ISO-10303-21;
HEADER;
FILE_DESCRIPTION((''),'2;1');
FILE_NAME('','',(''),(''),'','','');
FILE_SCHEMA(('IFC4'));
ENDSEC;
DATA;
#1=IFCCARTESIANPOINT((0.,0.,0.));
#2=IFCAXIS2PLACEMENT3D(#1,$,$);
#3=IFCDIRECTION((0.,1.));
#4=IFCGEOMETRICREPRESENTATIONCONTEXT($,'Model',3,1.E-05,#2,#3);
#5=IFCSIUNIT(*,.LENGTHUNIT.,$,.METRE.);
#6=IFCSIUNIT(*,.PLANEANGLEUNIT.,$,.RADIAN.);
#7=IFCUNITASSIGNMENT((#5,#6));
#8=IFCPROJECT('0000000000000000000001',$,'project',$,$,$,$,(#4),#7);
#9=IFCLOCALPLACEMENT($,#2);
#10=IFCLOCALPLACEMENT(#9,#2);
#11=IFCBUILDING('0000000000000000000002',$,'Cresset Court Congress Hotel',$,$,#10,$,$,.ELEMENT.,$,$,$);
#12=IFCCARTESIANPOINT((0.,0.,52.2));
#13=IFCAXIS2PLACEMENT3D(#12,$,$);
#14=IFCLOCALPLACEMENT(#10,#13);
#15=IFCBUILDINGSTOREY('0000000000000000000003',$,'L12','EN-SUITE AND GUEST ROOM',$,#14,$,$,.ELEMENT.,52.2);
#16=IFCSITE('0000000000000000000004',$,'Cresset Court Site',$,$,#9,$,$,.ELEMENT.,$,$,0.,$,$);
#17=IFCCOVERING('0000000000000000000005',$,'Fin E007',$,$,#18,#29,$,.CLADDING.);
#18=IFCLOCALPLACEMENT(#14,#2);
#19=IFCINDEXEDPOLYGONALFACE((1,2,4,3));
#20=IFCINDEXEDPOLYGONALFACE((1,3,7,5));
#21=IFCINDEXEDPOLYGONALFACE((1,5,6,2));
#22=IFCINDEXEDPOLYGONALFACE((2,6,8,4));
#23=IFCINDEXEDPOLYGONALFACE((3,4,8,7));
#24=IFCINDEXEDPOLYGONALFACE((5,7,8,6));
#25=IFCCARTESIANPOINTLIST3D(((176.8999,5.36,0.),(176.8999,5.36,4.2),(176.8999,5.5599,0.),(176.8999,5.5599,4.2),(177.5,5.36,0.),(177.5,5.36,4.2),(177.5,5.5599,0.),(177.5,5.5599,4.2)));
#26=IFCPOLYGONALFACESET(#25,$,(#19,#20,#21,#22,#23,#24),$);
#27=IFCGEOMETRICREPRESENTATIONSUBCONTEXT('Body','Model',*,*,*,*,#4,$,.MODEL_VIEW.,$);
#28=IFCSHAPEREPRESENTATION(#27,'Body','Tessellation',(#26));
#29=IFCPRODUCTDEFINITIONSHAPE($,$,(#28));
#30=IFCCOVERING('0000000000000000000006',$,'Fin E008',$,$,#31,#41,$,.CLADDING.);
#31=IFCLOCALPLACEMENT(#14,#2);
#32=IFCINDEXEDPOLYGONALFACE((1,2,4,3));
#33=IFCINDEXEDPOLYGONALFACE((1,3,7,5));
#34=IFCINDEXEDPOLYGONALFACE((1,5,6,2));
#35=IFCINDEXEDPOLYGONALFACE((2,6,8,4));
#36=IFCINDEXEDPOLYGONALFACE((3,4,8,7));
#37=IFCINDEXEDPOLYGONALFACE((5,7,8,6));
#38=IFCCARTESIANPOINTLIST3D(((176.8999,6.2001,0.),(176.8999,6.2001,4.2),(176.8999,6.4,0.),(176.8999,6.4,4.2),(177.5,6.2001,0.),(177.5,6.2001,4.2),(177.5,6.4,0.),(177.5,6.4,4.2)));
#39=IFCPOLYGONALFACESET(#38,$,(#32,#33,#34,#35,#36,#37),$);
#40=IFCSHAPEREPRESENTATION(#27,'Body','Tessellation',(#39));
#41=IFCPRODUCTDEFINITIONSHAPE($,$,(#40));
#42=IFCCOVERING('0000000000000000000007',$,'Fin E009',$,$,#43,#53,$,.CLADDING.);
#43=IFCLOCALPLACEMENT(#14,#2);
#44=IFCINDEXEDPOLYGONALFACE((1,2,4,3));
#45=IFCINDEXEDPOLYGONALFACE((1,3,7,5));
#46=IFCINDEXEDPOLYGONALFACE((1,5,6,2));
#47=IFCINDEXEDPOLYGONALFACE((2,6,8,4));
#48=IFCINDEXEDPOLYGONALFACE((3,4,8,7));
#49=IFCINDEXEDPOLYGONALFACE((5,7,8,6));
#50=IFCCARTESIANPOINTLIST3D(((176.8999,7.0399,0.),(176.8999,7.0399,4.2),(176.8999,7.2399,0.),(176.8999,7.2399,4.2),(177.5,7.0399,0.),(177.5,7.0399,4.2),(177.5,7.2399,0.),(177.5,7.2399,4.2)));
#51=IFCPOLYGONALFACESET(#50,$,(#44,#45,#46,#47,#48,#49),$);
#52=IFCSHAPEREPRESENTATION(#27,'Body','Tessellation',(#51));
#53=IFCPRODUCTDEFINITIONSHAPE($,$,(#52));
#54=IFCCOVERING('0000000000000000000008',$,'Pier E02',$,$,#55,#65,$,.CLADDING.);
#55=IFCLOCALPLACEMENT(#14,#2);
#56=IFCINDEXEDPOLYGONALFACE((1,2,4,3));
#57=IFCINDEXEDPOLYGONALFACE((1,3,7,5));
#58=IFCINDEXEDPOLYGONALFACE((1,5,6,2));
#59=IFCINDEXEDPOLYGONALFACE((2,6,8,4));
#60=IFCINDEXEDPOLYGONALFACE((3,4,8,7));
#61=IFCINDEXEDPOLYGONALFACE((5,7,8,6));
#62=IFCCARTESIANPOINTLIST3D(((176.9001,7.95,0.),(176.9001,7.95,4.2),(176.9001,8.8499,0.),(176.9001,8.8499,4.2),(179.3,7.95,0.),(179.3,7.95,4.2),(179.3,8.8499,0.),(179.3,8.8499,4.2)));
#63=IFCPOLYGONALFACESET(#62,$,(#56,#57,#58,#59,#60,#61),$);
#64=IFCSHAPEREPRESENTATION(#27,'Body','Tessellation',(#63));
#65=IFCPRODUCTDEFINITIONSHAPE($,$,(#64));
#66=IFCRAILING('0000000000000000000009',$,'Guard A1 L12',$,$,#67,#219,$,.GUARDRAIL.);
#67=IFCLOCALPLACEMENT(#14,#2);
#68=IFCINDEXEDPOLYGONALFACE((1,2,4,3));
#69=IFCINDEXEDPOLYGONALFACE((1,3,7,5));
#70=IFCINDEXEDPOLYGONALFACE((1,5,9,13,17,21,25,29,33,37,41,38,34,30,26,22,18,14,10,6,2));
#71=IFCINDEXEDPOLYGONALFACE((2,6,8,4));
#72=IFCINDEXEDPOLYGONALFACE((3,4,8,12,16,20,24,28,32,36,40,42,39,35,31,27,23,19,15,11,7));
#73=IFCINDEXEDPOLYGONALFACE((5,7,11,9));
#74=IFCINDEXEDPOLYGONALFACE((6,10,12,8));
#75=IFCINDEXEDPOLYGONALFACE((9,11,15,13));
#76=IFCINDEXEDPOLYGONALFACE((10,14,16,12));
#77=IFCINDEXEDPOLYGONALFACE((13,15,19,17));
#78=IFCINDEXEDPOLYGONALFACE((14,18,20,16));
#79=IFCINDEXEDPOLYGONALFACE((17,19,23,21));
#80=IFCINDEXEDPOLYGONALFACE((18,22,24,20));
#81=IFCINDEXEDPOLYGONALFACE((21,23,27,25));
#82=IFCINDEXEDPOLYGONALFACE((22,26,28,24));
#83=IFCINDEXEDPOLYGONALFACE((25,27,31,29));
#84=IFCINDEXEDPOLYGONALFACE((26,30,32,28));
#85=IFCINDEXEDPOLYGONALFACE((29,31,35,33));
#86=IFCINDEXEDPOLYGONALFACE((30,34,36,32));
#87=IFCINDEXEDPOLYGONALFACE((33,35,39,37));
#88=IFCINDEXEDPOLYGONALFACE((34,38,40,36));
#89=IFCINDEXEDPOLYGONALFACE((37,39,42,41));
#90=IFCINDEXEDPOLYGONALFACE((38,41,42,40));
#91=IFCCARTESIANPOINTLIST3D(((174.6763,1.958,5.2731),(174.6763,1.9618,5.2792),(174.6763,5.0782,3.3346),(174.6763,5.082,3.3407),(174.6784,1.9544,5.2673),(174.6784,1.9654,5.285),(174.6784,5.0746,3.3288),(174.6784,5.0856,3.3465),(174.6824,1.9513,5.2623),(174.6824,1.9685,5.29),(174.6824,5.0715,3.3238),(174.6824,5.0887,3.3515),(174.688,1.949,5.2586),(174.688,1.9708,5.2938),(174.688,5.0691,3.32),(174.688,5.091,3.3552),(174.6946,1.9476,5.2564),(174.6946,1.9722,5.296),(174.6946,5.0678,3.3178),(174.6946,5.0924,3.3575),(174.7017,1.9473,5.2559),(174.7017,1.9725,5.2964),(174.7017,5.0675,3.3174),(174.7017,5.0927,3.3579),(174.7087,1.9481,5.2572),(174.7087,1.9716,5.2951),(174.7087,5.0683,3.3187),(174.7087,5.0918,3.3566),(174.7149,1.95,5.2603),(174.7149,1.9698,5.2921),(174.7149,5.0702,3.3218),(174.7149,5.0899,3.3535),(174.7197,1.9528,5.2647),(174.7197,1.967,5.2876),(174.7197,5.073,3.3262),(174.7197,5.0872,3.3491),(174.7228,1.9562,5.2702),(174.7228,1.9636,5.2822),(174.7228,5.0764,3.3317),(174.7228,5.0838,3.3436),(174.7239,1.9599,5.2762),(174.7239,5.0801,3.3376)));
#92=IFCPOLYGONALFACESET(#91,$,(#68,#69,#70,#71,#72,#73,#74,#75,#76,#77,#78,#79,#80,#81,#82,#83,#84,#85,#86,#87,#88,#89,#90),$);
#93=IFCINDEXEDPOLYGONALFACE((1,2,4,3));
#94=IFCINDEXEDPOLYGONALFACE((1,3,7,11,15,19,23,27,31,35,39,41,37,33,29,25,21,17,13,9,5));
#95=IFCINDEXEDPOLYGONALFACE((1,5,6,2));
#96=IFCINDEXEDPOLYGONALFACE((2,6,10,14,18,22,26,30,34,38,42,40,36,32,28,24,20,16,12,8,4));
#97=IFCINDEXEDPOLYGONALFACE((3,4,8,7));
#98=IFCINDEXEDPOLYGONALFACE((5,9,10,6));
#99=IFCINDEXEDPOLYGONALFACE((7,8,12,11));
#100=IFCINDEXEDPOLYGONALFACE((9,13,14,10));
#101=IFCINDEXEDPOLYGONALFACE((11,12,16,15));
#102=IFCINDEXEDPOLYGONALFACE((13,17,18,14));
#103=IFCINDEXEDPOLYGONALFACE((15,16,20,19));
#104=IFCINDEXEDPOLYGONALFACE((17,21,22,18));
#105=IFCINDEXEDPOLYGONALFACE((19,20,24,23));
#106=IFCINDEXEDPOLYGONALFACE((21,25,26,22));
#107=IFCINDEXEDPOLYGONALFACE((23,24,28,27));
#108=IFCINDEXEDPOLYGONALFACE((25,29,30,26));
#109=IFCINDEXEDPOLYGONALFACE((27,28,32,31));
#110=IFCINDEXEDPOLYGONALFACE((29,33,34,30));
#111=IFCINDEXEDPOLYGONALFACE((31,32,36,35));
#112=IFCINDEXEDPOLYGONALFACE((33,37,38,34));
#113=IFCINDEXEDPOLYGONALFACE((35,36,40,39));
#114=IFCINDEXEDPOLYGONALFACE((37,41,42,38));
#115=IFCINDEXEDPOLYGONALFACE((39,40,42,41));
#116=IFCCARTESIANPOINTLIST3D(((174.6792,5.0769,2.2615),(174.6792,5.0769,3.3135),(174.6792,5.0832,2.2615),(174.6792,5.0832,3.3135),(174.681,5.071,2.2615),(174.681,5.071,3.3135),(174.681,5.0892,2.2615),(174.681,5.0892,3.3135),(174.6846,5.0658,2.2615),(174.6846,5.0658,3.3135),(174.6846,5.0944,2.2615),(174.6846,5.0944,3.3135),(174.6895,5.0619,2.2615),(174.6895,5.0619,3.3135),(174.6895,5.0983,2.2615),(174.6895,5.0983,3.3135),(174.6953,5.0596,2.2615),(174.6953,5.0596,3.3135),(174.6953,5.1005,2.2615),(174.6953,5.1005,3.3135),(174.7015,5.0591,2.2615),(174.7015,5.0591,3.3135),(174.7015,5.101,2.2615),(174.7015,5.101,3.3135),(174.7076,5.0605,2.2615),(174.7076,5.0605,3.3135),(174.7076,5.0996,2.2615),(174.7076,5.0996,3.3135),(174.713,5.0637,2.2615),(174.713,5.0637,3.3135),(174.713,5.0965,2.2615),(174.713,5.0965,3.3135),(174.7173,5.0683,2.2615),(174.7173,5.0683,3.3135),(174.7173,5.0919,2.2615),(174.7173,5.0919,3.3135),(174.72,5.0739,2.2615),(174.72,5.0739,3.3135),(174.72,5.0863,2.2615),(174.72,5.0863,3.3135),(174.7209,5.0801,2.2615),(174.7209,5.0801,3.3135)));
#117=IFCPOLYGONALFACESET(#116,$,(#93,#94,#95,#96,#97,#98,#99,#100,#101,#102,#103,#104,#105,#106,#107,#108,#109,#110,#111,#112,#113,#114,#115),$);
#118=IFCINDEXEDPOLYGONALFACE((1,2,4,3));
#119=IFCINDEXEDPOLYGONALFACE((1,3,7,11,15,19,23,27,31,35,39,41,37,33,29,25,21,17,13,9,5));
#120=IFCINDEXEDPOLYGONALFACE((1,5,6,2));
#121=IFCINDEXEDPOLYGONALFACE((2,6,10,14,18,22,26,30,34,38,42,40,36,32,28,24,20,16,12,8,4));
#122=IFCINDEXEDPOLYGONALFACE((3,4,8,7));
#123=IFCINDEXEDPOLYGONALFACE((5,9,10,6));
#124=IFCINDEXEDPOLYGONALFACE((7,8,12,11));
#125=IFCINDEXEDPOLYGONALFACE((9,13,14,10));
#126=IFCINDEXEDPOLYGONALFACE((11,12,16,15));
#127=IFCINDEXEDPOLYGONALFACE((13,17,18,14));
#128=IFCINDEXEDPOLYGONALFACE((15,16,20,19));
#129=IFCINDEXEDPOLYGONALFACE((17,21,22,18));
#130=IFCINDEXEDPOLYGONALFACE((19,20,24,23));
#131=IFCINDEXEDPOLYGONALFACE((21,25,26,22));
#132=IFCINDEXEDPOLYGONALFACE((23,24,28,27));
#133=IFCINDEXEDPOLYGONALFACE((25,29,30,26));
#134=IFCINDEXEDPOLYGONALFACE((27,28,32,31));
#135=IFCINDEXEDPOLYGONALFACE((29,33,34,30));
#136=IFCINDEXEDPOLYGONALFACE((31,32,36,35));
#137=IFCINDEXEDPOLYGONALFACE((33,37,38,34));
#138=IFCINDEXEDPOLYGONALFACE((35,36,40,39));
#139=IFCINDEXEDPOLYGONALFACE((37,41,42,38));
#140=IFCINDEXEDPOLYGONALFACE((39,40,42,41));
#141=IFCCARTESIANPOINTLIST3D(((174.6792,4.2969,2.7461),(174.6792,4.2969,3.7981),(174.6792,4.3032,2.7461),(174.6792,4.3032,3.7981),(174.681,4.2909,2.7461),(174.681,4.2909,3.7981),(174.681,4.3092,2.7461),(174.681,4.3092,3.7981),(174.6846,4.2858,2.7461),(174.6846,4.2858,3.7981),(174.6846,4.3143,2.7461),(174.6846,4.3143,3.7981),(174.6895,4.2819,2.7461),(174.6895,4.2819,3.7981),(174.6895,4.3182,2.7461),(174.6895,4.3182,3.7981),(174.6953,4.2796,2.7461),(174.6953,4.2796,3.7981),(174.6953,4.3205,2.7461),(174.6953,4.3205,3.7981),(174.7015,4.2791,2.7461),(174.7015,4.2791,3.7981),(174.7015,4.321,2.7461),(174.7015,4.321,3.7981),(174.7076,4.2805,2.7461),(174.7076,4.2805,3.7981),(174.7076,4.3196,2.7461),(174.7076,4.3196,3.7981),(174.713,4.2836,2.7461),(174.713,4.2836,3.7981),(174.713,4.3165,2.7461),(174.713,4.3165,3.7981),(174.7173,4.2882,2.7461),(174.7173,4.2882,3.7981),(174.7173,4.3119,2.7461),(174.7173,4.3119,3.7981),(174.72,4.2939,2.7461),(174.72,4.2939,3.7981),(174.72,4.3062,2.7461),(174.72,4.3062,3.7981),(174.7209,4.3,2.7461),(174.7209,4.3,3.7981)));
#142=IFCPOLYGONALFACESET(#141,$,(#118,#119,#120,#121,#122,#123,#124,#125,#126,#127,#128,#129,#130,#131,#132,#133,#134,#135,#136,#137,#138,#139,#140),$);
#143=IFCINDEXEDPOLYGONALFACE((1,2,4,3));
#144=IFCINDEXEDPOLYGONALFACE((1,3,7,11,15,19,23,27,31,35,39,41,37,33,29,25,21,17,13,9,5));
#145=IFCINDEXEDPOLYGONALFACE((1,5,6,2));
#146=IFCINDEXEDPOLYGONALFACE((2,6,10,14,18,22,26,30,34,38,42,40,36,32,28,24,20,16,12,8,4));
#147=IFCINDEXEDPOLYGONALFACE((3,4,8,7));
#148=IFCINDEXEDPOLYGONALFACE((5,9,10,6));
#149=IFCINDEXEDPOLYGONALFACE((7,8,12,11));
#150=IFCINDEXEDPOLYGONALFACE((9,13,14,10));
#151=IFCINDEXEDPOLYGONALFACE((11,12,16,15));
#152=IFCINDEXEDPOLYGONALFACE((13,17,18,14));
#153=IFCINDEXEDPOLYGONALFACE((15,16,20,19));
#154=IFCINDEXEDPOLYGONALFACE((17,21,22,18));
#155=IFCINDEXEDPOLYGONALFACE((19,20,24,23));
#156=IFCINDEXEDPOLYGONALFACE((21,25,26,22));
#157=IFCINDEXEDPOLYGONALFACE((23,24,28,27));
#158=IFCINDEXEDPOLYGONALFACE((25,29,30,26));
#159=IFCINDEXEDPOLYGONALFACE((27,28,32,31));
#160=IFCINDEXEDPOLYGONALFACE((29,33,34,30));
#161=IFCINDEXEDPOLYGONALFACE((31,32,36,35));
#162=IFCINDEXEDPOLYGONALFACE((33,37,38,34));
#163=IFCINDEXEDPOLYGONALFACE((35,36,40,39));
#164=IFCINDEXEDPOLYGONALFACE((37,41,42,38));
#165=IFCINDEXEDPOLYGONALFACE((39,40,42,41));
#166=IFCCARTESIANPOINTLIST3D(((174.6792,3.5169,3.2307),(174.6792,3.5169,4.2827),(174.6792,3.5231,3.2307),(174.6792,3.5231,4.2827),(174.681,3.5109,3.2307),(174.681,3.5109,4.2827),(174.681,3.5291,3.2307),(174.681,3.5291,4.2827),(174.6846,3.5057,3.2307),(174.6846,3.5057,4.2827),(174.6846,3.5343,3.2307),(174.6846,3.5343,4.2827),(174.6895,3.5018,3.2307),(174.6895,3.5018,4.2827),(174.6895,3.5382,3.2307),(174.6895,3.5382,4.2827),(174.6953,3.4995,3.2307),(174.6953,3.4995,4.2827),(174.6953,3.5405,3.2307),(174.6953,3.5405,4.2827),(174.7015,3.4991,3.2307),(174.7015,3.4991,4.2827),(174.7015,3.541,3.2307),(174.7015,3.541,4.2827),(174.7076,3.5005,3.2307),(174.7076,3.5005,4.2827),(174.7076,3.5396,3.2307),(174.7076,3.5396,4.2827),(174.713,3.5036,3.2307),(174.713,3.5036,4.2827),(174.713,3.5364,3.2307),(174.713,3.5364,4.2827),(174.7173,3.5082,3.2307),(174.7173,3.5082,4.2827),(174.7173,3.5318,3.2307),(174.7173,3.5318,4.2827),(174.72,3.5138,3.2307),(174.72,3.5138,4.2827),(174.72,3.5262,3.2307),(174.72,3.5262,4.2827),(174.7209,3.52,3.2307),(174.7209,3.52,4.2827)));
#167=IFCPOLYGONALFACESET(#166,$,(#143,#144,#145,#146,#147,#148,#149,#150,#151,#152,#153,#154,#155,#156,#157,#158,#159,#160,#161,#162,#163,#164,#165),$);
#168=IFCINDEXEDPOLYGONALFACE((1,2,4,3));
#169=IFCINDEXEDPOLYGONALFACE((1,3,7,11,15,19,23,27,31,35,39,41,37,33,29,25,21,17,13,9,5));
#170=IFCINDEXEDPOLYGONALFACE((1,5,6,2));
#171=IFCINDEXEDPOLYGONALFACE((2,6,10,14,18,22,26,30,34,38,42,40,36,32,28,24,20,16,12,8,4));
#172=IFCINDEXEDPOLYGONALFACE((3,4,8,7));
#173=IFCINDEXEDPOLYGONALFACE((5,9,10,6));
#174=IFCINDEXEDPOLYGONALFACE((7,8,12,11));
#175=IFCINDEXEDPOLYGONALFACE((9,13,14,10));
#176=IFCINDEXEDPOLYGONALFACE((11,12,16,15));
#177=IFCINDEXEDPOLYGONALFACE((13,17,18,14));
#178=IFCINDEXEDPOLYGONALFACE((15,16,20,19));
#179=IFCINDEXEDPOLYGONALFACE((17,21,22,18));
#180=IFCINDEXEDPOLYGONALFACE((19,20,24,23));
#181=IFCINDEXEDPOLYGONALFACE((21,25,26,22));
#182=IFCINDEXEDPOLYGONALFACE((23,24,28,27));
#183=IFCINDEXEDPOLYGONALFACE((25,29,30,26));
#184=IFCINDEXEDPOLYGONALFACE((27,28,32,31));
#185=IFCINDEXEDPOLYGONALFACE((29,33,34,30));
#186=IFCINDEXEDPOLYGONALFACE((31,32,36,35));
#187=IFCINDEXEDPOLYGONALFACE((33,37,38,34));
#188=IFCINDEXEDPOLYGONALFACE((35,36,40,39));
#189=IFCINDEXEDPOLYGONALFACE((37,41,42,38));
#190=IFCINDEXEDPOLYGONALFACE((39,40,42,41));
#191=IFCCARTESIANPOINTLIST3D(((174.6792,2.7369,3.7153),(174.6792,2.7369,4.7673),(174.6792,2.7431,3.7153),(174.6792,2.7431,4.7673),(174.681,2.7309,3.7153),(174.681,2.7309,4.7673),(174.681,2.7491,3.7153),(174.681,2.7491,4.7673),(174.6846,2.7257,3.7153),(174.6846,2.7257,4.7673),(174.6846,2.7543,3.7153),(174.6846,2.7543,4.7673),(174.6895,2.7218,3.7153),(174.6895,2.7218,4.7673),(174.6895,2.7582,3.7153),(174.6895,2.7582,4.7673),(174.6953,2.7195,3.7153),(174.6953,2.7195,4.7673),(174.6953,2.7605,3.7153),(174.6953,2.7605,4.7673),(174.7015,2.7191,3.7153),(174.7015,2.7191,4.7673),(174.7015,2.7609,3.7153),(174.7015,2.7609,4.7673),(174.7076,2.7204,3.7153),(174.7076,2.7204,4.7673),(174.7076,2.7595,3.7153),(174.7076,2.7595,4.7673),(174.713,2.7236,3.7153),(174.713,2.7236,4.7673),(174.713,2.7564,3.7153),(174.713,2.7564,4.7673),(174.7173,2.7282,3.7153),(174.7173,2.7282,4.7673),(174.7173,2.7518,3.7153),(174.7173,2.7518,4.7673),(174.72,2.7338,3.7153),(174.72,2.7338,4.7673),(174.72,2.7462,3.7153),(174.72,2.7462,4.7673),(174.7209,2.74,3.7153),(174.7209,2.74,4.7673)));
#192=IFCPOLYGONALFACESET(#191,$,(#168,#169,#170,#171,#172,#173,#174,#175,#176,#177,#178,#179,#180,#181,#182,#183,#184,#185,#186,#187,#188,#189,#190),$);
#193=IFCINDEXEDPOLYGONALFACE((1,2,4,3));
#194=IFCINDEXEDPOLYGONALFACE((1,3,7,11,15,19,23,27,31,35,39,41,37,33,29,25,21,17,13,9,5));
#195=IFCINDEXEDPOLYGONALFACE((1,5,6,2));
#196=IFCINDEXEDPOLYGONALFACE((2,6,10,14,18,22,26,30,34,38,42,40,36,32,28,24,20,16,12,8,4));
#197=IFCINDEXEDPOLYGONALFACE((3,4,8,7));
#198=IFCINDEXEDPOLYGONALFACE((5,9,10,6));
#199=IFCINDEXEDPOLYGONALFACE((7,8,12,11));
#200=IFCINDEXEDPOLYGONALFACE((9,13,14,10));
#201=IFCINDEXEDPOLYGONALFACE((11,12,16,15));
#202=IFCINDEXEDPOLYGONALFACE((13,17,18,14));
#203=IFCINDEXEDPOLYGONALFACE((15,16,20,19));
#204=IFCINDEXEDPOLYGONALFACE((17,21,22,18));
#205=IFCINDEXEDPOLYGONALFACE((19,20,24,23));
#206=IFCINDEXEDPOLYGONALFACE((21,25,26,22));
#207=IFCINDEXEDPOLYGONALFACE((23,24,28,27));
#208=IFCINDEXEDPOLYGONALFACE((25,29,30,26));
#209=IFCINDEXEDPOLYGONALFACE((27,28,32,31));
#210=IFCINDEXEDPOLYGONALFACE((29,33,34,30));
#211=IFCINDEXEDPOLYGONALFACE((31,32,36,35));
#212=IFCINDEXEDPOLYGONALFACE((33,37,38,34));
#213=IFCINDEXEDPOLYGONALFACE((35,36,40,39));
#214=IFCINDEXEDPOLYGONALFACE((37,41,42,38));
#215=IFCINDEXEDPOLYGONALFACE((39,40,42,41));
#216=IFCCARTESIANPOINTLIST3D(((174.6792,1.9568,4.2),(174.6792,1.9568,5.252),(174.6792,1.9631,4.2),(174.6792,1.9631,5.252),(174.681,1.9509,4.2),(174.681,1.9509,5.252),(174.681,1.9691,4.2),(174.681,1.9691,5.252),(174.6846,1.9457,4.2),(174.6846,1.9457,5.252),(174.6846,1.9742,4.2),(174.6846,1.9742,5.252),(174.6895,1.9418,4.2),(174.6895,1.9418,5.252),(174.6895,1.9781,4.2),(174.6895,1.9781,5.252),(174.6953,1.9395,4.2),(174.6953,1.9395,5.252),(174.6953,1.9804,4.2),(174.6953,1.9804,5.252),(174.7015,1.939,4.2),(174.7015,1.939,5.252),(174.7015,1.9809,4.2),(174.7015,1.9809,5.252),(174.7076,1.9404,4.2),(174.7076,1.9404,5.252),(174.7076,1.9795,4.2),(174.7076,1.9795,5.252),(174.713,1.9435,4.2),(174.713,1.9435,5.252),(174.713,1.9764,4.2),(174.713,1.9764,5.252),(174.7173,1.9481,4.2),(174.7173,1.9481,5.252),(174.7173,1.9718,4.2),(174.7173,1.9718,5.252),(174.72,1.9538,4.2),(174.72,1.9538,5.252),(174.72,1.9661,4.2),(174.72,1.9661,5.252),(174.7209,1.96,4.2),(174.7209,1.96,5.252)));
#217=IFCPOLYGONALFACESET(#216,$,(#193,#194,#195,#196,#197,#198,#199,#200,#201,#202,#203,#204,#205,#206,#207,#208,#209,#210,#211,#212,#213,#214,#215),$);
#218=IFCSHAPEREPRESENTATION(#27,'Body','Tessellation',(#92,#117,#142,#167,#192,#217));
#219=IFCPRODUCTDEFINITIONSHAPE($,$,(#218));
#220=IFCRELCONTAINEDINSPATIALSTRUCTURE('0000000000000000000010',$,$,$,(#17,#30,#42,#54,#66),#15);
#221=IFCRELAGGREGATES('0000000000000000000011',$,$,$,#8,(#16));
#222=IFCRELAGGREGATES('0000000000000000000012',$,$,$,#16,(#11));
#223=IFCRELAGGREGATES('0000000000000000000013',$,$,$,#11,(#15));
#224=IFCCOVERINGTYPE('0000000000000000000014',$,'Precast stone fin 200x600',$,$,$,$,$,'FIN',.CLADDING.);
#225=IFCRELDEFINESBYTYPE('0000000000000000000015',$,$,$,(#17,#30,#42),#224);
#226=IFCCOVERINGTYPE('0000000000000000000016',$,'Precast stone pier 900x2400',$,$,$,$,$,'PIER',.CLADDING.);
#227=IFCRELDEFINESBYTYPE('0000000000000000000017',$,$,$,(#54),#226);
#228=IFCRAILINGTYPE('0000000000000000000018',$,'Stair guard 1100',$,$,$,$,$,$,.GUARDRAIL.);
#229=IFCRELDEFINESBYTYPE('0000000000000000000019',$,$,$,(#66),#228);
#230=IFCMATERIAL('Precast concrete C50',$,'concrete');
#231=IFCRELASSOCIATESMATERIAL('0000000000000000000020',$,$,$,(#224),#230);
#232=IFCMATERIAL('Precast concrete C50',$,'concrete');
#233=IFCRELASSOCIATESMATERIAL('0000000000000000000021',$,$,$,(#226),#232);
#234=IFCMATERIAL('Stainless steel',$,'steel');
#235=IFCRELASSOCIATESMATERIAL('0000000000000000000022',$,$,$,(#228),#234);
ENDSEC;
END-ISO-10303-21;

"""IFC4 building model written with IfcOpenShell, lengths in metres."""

from ifc_helpers import new_model, si_unit, direction, frame, origin, origin_2d, place, context, subcontext, project, spatial, rectangle, circle, extrude, material, type_object, element, save


model = new_model("IFC4")

# Units and contexts
model_context = context("Model", 3, precision=1e-05, world=origin(), true_north=direction((0.0, 1.0)))
body_context = subcontext(model_context, "Body", "Model", "MODEL_VIEW")
ifc_project = project(units=[si_unit("LENGTHUNIT", "METRE"), si_unit("PLANEANGLEUNIT", "RADIAN")], contexts=[model_context])

# Site, building, storey
site_placement = place(None, origin())
site = spatial("IfcSite", under=ifc_project, at=site_placement, Name="Cresset Court Site", CompositionType="ELEMENT", RefElevation=0.0)
building_placement = place(site_placement, origin())
building = spatial("IfcBuilding", under=site, at=building_placement, Name="Cresset Court Congress Hotel", CompositionType="ELEMENT")
storey_placement = place(building_placement, frame((0.0, 0.0, 52.2)))
storey = spatial("IfcBuildingStorey", under=building, at=storey_placement, Name="L12", Description="EN-SUITE AND GUEST ROOM", CompositionType="ELEMENT", Elevation=52.2)

# Coverings
ifc_material_1 = material(Name="Precast concrete C50", Category="concrete")
covering_type_1 = type_object("IfcCoveringType", Name="Precast stone fin 200x600", ElementType="FIN", PredefinedType="CLADDING", material=ifc_material_1)
for number, where, z_axis, x_axis, name in (
    (1, (177.2, 5.46, 0.0), (0.0, 0.0, 1.0), (1.0, 0.0, 0.0), "Fin E007"),
    (2, (177.2, 6.3, 0.0), (0.0, 0.0, 1.0), (1.0, 0.0, 0.0), "Fin E008"),
    (3, (177.2, 7.1399, 0.0), (0.0, 0.0, 1.0), (1.0, 0.0, 0.0), "Fin E009"),
):
    element("IfcCovering", number, at=place(storey_placement, frame(where, z_axis=z_axis, x_axis=x_axis)), inside=storey, type_object=covering_type_1, Name=name, PredefinedType="CLADDING", context=body_context, shape_type="SweptSolid", body=[
        extrude(rectangle(XDim=0.6001, YDim=0.2, at=origin_2d()), origin(), (0.0, 0.0, 1.0), 4.2),
    ])
ifc_material_2 = material(Name="Precast concrete C50", Category="concrete")
covering_type_2 = type_object("IfcCoveringType", Name="Precast stone pier 900x2400", ElementType="PIER", PredefinedType="CLADDING", material=ifc_material_2)
covering_placement = place(storey_placement, frame((178.1001, 8.3999, 0.0), z_axis=(0.0, 0.0, 1.0), x_axis=(1.0, 0.0, 0.0)))
element("IfcCovering", 4, at=covering_placement, inside=storey, type_object=covering_type_2, Name="Pier E02", PredefinedType="CLADDING", context=body_context, shape_type="SweptSolid", body=[
    extrude(rectangle(XDim=2.3999, YDim=0.8999, at=origin_2d()), origin(), (0.0, 0.0, 1.0), 4.2),
])

# Railing
ifc_material_3 = material(Name="Stainless steel", Category="steel")
railing_type_1 = type_object("IfcRailingType", Name="Stair guard 1100", PredefinedType="GUARDRAIL", material=ifc_material_3)
railing_1_placement = place(storey_placement, frame((174.7, 5.0801, 2.2615)))
element("IfcRailing", 5, at=railing_1_placement, inside=storey, type_object=railing_type_1, Name="Guard A1 L12", PredefinedType="GUARDRAIL", context=body_context, shape_type="SweptSolid", body=[
    extrude(circle(Radius=0.0239, at=origin_2d()), frame((0.0, 0.0, 1.0762), z_axis=(0.0, -0.849414, 0.527727), x_axis=(1.0, 0.0, 0.0)), (0.0, 0.0, 1.0), 3.6733),
    extrude(circle(Radius=0.021, at=origin_2d()), origin(), (0.0, 0.0, 1.0), 1.052),
    extrude(circle(Radius=0.021, at=origin_2d()), frame((0.0, -0.78, 0.4846)), (0.0, 0.0, 1.0), 1.052),
    extrude(circle(Radius=0.021, at=origin_2d()), frame((0.0, -1.5601, 0.9692)), (0.0, 0.0, 1.0), 1.052),
    extrude(circle(Radius=0.021, at=origin_2d()), frame((0.0, -2.3401, 1.4539)), (0.0, 0.0, 1.0), 1.052),
    extrude(circle(Radius=0.021, at=origin_2d()), frame((0.0, -3.1201, 1.9385)), (0.0, 0.0, 1.0), 1.052),
])

save(model, "model.ifc")
